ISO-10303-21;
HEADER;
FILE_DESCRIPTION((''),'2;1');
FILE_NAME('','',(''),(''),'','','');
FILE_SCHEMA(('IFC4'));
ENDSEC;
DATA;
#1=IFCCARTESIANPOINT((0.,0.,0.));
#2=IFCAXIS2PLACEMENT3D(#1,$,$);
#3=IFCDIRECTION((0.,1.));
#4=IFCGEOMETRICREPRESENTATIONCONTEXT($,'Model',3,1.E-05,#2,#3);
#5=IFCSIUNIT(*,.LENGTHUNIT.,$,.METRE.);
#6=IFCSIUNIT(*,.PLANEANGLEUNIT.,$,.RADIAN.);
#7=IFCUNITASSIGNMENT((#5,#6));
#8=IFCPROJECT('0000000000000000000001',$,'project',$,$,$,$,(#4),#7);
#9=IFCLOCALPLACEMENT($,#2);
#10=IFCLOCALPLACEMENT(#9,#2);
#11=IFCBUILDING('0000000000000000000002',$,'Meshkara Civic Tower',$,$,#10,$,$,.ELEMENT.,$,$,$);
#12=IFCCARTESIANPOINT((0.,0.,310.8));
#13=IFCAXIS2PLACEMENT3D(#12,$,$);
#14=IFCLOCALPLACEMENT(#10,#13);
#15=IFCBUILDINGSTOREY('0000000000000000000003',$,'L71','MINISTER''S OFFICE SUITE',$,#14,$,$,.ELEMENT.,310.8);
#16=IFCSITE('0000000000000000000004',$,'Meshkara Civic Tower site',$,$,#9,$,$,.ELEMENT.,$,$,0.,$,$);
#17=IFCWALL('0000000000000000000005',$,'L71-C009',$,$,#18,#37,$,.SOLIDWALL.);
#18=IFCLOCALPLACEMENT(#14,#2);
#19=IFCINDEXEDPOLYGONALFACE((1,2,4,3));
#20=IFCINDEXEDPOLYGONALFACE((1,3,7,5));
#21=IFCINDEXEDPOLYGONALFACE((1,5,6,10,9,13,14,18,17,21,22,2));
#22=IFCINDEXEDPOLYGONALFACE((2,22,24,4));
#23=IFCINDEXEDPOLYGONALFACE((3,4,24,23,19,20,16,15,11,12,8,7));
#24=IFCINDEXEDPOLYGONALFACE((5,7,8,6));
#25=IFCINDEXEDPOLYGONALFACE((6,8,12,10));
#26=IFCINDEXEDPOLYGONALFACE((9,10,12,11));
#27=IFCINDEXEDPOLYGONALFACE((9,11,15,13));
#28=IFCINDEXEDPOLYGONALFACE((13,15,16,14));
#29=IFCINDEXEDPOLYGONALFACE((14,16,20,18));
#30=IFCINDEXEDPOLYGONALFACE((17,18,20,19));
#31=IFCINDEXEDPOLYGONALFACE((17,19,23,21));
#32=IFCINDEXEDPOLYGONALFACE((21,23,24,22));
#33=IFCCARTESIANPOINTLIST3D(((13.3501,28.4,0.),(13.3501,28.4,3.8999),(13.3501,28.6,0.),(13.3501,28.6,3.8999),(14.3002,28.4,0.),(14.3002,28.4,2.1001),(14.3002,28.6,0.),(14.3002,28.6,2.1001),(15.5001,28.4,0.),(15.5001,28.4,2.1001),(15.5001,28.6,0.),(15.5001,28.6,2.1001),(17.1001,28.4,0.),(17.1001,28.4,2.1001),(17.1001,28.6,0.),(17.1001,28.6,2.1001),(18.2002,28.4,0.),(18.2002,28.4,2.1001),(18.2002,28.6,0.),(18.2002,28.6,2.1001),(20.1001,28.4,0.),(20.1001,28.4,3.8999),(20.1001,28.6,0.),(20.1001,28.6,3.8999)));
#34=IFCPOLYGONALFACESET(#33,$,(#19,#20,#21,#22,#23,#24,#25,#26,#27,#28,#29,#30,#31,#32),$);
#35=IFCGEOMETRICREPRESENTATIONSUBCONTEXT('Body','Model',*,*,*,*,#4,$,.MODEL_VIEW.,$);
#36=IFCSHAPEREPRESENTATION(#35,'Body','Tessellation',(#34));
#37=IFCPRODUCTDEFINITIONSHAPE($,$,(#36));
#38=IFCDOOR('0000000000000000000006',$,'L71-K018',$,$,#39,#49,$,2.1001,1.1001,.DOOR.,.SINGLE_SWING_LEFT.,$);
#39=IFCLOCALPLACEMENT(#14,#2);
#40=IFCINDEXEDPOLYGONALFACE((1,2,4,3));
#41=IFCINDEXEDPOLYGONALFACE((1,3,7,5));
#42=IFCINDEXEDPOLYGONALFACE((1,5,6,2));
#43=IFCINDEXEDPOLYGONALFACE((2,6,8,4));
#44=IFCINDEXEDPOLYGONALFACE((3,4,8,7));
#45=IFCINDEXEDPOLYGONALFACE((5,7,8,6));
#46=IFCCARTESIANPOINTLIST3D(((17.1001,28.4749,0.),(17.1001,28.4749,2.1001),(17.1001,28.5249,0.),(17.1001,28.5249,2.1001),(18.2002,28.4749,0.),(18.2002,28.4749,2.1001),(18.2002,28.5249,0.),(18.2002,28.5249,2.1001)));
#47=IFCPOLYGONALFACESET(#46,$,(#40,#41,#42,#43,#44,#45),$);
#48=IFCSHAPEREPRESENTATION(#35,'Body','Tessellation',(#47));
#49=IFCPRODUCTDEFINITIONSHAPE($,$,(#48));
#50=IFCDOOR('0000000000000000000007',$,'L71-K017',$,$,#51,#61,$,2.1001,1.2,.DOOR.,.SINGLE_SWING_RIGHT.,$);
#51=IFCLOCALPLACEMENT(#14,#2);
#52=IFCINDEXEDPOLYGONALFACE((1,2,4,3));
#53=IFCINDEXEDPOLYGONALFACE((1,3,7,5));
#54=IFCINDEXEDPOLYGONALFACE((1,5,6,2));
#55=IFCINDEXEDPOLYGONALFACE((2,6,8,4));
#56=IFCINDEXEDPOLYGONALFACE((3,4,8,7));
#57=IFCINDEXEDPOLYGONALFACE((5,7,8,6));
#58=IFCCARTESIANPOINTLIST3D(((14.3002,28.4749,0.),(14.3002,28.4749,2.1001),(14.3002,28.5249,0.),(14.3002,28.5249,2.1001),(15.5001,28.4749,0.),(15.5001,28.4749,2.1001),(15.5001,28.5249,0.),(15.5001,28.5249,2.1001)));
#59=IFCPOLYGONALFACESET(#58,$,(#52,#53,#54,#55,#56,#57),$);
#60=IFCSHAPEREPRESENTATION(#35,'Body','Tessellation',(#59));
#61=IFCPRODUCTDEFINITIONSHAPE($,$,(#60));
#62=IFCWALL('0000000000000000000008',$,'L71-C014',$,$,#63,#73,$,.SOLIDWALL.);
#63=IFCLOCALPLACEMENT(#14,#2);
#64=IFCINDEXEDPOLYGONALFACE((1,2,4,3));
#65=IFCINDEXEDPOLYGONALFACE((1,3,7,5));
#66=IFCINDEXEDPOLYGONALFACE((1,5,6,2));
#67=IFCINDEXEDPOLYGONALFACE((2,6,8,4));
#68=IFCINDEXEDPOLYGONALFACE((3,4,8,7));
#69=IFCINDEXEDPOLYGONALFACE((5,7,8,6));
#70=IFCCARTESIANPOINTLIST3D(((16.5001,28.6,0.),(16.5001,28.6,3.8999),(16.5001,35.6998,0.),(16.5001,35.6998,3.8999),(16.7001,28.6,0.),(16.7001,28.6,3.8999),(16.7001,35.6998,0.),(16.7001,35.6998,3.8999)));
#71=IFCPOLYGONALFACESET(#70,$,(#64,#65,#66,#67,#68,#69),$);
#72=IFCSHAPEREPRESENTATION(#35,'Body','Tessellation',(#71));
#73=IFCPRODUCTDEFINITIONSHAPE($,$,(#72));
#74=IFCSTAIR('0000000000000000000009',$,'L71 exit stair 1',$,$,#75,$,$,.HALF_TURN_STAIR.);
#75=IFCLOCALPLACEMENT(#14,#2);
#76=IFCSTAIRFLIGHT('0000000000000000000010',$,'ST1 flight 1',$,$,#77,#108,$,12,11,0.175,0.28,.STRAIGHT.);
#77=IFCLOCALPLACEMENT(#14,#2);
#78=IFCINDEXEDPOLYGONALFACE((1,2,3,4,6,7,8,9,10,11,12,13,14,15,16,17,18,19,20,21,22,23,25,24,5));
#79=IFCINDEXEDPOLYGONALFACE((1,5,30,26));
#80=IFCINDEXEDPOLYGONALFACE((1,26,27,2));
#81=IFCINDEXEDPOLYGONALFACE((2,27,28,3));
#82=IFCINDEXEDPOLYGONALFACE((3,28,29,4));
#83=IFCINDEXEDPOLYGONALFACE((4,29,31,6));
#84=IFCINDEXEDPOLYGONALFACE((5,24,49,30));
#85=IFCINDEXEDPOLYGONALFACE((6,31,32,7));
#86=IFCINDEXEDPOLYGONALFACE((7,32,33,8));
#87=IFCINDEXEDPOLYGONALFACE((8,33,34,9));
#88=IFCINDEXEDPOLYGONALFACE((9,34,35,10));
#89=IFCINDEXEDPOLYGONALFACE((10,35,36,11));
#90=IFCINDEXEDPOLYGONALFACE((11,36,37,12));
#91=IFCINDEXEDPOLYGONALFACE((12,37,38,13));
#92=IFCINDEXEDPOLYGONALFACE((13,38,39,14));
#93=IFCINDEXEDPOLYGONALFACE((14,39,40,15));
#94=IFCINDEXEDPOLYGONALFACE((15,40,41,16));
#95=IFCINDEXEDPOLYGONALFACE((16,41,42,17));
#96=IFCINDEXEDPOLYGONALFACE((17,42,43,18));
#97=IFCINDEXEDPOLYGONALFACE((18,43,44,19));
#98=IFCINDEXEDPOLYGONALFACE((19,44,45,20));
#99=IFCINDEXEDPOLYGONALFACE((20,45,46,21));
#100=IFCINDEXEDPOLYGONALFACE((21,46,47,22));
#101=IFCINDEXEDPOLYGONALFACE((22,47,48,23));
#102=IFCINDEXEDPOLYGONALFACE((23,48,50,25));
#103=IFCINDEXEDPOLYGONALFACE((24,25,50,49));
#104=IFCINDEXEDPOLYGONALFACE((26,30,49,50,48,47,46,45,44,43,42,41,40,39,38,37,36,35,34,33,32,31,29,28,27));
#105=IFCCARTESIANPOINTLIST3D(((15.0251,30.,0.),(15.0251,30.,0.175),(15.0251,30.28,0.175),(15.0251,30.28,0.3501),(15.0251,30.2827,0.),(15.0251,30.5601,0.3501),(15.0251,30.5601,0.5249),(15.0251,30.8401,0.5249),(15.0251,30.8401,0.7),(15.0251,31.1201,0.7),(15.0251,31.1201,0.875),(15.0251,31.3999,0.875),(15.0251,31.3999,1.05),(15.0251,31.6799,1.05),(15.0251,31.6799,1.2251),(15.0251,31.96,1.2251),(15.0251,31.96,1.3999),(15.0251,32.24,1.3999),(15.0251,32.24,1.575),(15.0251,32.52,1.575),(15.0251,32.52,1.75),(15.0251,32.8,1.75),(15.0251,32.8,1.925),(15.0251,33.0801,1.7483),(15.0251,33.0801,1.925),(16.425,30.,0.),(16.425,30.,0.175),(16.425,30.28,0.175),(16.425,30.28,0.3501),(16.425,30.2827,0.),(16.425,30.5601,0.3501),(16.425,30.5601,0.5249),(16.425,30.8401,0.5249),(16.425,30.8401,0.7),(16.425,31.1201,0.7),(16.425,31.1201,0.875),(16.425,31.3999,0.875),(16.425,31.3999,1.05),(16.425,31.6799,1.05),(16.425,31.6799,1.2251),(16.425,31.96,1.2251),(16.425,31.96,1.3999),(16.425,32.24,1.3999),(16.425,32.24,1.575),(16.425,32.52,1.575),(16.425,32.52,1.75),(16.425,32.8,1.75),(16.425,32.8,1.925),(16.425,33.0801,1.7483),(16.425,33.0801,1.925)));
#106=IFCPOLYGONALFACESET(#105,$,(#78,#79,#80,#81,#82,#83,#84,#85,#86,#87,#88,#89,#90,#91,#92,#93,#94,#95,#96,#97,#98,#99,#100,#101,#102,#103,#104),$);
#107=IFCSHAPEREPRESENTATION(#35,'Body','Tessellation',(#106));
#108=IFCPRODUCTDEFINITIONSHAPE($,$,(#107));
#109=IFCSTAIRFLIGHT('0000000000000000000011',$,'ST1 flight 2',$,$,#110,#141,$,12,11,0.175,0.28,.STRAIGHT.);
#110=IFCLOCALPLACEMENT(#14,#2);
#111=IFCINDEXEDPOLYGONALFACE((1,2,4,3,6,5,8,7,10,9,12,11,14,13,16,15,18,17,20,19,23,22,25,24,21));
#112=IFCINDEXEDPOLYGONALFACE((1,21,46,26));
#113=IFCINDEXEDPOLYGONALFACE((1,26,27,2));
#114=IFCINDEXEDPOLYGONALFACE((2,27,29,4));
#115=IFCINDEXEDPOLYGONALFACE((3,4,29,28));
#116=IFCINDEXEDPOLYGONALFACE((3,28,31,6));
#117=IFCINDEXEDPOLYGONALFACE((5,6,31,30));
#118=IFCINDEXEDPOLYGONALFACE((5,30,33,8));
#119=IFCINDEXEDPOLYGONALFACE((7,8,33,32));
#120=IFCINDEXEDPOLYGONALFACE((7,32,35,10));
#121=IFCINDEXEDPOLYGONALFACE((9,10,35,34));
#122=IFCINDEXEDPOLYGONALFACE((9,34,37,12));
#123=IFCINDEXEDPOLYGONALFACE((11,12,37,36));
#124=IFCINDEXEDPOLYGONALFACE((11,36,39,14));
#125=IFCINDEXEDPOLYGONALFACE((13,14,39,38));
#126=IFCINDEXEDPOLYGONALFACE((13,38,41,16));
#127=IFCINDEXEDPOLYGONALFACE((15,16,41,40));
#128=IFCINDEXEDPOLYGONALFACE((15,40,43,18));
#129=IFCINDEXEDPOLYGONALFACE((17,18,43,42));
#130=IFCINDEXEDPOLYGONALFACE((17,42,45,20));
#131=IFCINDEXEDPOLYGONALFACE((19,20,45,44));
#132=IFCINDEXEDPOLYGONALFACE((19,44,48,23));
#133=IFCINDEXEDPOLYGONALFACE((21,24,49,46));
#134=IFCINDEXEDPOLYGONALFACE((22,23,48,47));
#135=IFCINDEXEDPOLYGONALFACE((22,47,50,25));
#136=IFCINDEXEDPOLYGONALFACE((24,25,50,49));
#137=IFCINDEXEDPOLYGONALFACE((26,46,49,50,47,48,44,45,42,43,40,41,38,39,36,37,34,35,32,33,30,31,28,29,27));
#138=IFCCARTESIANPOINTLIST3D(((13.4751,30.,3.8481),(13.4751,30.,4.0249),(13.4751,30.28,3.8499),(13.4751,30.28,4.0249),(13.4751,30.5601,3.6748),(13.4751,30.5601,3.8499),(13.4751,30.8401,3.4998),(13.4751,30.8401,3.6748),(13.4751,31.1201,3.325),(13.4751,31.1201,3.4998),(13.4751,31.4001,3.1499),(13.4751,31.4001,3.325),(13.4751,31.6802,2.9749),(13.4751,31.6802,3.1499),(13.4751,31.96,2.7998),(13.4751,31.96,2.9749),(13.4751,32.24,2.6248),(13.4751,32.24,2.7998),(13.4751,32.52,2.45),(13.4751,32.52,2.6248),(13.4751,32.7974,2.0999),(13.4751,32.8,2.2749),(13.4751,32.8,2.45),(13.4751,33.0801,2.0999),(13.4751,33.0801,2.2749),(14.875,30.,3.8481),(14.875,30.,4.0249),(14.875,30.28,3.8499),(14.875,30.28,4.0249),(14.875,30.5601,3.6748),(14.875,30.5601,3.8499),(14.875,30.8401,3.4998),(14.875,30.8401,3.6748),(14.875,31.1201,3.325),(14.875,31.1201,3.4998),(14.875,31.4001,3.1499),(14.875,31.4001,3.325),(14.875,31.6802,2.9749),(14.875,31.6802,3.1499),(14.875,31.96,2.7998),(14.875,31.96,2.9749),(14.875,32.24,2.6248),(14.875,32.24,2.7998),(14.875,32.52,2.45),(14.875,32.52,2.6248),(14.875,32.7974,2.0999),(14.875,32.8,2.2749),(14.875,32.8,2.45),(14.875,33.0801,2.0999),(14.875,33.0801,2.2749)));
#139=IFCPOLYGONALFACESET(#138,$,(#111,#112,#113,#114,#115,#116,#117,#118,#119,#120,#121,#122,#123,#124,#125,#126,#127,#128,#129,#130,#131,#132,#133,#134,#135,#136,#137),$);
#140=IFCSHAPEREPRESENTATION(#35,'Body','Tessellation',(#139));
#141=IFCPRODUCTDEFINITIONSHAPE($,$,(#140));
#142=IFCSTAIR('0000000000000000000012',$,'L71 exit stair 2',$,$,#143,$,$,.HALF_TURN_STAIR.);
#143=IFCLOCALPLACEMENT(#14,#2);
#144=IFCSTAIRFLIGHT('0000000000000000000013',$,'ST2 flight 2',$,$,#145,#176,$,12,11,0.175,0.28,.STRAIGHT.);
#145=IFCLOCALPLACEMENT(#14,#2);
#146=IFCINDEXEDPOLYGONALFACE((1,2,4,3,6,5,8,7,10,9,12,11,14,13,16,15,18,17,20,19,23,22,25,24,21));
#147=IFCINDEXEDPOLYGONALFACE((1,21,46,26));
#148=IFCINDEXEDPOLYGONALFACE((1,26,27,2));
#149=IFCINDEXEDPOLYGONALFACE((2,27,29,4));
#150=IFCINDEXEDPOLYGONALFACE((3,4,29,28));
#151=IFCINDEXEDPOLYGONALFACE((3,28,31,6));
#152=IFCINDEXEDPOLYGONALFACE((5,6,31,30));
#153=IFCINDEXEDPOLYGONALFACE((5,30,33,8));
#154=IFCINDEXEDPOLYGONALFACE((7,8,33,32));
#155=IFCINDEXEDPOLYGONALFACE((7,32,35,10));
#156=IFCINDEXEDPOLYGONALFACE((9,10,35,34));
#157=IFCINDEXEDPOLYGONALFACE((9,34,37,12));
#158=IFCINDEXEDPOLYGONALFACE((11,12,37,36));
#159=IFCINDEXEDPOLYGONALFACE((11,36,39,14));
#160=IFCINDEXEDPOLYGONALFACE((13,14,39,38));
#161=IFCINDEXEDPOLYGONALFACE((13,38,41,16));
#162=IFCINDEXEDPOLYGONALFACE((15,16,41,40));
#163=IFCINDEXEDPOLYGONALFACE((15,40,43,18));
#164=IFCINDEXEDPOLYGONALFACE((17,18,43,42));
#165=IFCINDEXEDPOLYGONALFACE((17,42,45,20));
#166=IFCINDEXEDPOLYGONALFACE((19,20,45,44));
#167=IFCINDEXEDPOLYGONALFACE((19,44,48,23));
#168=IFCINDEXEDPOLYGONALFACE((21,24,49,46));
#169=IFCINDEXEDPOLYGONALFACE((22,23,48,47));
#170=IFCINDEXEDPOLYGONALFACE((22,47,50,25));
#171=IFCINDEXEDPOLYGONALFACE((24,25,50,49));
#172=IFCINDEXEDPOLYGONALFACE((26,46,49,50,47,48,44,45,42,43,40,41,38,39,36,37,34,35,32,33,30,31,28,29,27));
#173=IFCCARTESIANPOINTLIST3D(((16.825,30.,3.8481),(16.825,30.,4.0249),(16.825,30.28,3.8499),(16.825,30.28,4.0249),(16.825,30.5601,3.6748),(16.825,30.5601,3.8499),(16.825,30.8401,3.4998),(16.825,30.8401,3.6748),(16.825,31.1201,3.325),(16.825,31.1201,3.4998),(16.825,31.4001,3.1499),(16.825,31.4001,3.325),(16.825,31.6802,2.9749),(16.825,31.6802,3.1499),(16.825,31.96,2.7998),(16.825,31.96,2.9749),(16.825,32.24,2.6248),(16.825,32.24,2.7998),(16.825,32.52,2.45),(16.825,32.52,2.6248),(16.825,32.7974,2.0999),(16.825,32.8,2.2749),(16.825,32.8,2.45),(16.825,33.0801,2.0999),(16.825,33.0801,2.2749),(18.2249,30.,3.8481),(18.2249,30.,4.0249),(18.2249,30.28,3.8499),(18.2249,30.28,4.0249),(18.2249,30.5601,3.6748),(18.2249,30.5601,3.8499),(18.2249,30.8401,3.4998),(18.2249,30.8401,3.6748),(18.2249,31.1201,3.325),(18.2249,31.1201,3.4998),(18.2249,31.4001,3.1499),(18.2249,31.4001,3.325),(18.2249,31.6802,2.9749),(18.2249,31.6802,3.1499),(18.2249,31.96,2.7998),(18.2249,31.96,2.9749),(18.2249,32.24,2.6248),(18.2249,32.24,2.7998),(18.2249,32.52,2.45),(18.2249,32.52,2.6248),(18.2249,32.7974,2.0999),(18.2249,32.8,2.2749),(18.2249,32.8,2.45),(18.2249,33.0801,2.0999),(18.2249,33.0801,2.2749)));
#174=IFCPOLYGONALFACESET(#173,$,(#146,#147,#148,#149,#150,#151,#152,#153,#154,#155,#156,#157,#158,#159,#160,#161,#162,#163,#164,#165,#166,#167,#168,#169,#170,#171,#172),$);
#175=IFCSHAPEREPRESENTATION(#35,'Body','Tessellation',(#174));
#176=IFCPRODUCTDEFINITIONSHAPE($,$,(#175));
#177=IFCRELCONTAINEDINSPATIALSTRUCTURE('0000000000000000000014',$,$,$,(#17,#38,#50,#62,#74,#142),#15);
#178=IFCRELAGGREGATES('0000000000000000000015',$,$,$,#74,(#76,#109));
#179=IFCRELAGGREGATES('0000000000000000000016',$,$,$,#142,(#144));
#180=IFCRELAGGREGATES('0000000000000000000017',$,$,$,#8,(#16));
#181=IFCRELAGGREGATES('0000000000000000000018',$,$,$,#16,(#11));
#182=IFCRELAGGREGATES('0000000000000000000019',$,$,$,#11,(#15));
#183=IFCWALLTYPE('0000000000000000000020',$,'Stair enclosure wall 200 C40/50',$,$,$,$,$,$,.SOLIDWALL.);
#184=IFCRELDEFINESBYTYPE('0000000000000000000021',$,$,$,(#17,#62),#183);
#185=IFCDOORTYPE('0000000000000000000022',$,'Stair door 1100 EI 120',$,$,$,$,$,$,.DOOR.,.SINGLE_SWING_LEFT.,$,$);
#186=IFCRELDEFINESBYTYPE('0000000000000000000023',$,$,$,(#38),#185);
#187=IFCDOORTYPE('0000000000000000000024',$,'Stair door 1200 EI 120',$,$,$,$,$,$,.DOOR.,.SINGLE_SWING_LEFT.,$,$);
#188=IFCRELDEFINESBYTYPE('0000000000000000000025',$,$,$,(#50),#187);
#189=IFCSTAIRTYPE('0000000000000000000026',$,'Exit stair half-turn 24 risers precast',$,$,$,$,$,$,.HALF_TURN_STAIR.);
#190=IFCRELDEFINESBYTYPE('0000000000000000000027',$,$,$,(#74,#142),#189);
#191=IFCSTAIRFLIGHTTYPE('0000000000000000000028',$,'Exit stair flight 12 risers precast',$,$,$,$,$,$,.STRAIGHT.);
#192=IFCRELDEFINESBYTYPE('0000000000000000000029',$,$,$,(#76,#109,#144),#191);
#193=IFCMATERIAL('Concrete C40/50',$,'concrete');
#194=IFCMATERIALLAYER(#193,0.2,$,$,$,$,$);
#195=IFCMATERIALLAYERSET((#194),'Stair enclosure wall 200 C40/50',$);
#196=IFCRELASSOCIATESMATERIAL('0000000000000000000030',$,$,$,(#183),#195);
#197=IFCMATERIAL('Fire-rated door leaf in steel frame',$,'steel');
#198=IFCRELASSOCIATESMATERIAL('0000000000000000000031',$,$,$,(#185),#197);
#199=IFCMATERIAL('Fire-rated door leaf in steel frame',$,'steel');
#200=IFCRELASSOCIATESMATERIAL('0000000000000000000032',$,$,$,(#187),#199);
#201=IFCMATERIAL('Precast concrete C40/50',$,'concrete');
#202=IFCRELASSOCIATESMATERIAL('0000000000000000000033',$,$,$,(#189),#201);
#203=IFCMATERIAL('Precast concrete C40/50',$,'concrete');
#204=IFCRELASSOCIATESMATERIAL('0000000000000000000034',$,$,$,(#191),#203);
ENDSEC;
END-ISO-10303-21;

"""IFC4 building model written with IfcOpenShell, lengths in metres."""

from ifc_helpers import new_model, si_unit, direction, frame, frame_2d, origin, place, context, subcontext, project, spatial, polyline, rectangle, outline, extrude, material, layer, layer_set, type_object, element, fill, aggregate, save


model = new_model("IFC4")

# Units and contexts
model_context = context("Model", 3, precision=1e-05, world=origin(), true_north=direction((0.0, 1.0)))
body_context = subcontext(model_context, "Body", "Model", "MODEL_VIEW")
ifc_project = project(units=[si_unit("LENGTHUNIT", "METRE"), si_unit("PLANEANGLEUNIT", "RADIAN")], contexts=[model_context])

# Site, building, storey
site_placement = place(None, origin())
site = spatial("IfcSite", under=ifc_project, at=site_placement, Name="Meshkara Civic Tower site", CompositionType="ELEMENT", RefElevation=0.0)
building_placement = place(site_placement, origin())
building = spatial("IfcBuilding", under=site, at=building_placement, Name="Meshkara Civic Tower", CompositionType="ELEMENT")
storey_placement = place(building_placement, frame((0.0, 0.0, 310.8)))
storey = spatial("IfcBuildingStorey", under=building, at=storey_placement, Name="L71", Description="MINISTER'S OFFICE SUITE", CompositionType="ELEMENT", Elevation=310.8)

# Wall, openings, doors
ifc_material_1 = material(Name="Concrete C40/50", Category="concrete")
ifc_layer_1 = layer(ifc_material_1, 0.2)
ifc_layer_set_1 = layer_set([ifc_layer_1], Name="Stair enclosure wall 200 C40/50")
wall_type_1 = type_object("IfcWallType", Name="Stair enclosure wall 200 C40/50", PredefinedType="SOLIDWALL", material=ifc_layer_set_1)
wall_1_placement = place(storey_placement, frame((13.3501, 28.5, 0.0), z_axis=(0.0, 0.0, 1.0), x_axis=(1.0, 0.0, 0.0)))
wall_1 = element("IfcWall", 1, at=wall_1_placement, inside=storey, type_object=wall_type_1, Name="L71-C009", PredefinedType="SOLIDWALL", context=body_context, shape_type="SweptSolid", body=[
    extrude(rectangle(XDim=6.75, YDim=0.2, at=frame_2d((3.375, 0.0))), origin(), (0.0, 0.0, 1.0), 3.8999),
])
opening_1_placement = place(wall_1_placement, frame((0.95, 0.0, 0.0)))
opening_1 = element("IfcOpeningElement", 2, at=opening_1_placement, cuts=wall_1, PredefinedType="OPENING", context=body_context, shape_type="SweptSolid", body=[
    extrude(rectangle(XDim=1.2, YDim=2.1001, at=frame_2d((0.6001, 1.05))), frame((0.0, 0.1099, 0.0), z_axis=(0.0, -1.0, 0.0), x_axis=(1.0, 0.0, 0.0)), (0.0, 0.0, 1.0), 0.22),
])
opening_2_placement = place(wall_1_placement, frame((3.75, 0.0, 0.0)))
opening_2 = element("IfcOpeningElement", 3, at=opening_2_placement, cuts=wall_1, PredefinedType="OPENING", context=body_context, shape_type="SweptSolid", body=[
    extrude(rectangle(XDim=1.1001, YDim=2.1001, at=frame_2d((0.55, 1.05))), frame((0.0, 0.1099, 0.0), z_axis=(0.0, -1.0, 0.0), x_axis=(1.0, 0.0, 0.0)), (0.0, 0.0, 1.0), 0.22),
])
ifc_material_2 = material(Name="Fire-rated door leaf in steel frame", Category="steel")
door_type_1 = type_object("IfcDoorType", Name="Stair door 1100 EI 120", OperationType="SINGLE_SWING_LEFT", PredefinedType="DOOR", material=ifc_material_2)
door_1_placement = place(opening_2_placement, origin())
door_1 = element("IfcDoor", 4, at=door_1_placement, inside=storey, type_object=door_type_1, Name="L71-K018", OperationType="SINGLE_SWING_LEFT", OverallHeight=2.1001, OverallWidth=1.1001, PredefinedType="DOOR", context=body_context, shape_type="SweptSolid", body=[
    extrude(rectangle(XDim=1.1001, YDim=2.1001, at=frame_2d((0.55, 1.05))), frame((0.0, 0.0249, 0.0), z_axis=(0.0, -1.0, 0.0), x_axis=(1.0, 0.0, 0.0)), (0.0, 0.0, 1.0), 0.05),
])
fill(opening_2, door_1)
ifc_material_3 = material(Name="Fire-rated door leaf in steel frame", Category="steel")
door_type_2 = type_object("IfcDoorType", Name="Stair door 1200 EI 120", OperationType="SINGLE_SWING_LEFT", PredefinedType="DOOR", material=ifc_material_3)
door_2_placement = place(opening_1_placement, origin())
door_2 = element("IfcDoor", 5, at=door_2_placement, inside=storey, type_object=door_type_2, Name="L71-K017", OperationType="SINGLE_SWING_RIGHT", OverallHeight=2.1001, OverallWidth=1.2, PredefinedType="DOOR", context=body_context, shape_type="SweptSolid", body=[
    extrude(rectangle(XDim=1.2, YDim=2.1001, at=frame_2d((0.6001, 1.05))), frame((0.0, 0.0249, 0.0), z_axis=(0.0, -1.0, 0.0), x_axis=(1.0, 0.0, 0.0)), (0.0, 0.0, 1.0), 0.05),
])
fill(opening_1, door_2)

# Wall
wall_2_placement = place(storey_placement, frame((16.6001, 28.6001, 0.0), z_axis=(0.0, 0.0, 1.0), x_axis=(0.0, 1.0, 0.0)))
element("IfcWall", 6, at=wall_2_placement, inside=storey, type_object=wall_type_1, Name="L71-C014", PredefinedType="SOLIDWALL", context=body_context, shape_type="SweptSolid", body=[
    extrude(rectangle(XDim=7.0999, YDim=0.2, at=frame_2d((3.5498, 0.0))), origin(), (0.0, 0.0, 1.0), 3.8999),
])

# Stair, stair flights
ifc_material_4 = material(Name="Precast concrete C40/50", Category="concrete")
stair_type = type_object("IfcStairType", Name="Exit stair half-turn 24 risers precast", PredefinedType="HALF_TURN_STAIR", material=ifc_material_4)
stair_1_placement = place(storey_placement, origin())
stair_1 = element("IfcStair", 7, at=stair_1_placement, inside=storey, type_object=stair_type, Name="L71 exit stair 1", PredefinedType="HALF_TURN_STAIR")
ifc_material_5 = material(Name="Precast concrete C40/50", Category="concrete")
stair_flight_type = type_object("IfcStairFlightType", Name="Exit stair flight 12 risers precast", PredefinedType="STRAIGHT", material=ifc_material_5)
stair_flight_1_placement = place(storey_placement, frame((15.7251, 30.0, 0.0), z_axis=(0.0, 0.0, 1.0), x_axis=(0.0, 1.0, 0.0)))
stair_flight_1 = element("IfcStairFlight", 8, at=stair_flight_1_placement, type_object=stair_flight_type, Name="ST1 flight 1", NumberOfRisers=12, NumberOfTreads=11, PredefinedType="STRAIGHT", RiserHeight=0.175, TreadLength=0.28, context=body_context, shape_type="SweptSolid", body=[
    extrude(outline(polyline([(0.0, 0.0), (0.0, 0.175), (0.28, 0.175), (0.28, 0.3501), (0.5601, 0.3501), (0.5601, 0.5249), (0.8401, 0.5249), (0.8401, 0.7), (1.1201, 0.7), (1.1201, 0.875), (1.3999, 0.875), (1.3999, 1.05), (1.6799, 1.05), (1.6799, 1.2251), (1.96, 1.2251), (1.96, 1.3999), (2.24, 1.3999), (2.24, 1.575), (2.52, 1.575), (2.52, 1.75), (2.8, 1.75), (2.8, 1.925), (3.0801, 1.925), (3.0801, 2.1001), (3.0801, 1.7483), (0.2827, 0.0), (0.0, 0.0)])), frame((0.0, 0.7, 0.0), z_axis=(0.0, -1.0, 0.0), x_axis=(1.0, 0.0, 0.0)), (0.0, 0.0, 1.0), 1.3999),
])
stair_flight_2_placement = place(storey_placement, frame((14.175, 33.0801, 2.0999), z_axis=(0.0, 0.0, 1.0), x_axis=(0.0, -1.0, 0.0)))
stair_flight_2 = element("IfcStairFlight", 9, at=stair_flight_2_placement, type_object=stair_flight_type, Name="ST1 flight 2", NumberOfRisers=12, NumberOfTreads=11, PredefinedType="STRAIGHT", RiserHeight=0.175, TreadLength=0.28, context=body_context, shape_type="SweptSolid", body=[
    extrude(outline(polyline([(0.0, 0.0), (0.0, 0.175), (0.28, 0.175), (0.28, 0.3501), (0.5601, 0.3501), (0.5601, 0.5249), (0.8401, 0.5249), (0.8401, 0.7), (1.1201, 0.7), (1.1201, 0.875), (1.3999, 0.875), (1.3999, 1.05), (1.6799, 1.05), (1.6799, 1.2251), (1.96, 1.2251), (1.96, 1.3999), (2.24, 1.3999), (2.24, 1.575), (2.52, 1.575), (2.52, 1.75), (2.8, 1.75), (2.8, 1.925), (3.0801, 1.925), (3.0801, 2.1001), (3.0801, 1.7483), (0.2827, 0.0), (0.0, 0.0)])), frame((0.0, 0.7, 0.0), z_axis=(0.0, -1.0, 0.0), x_axis=(1.0, 0.0, 0.0)), (0.0, 0.0, 1.0), 1.3999),
])
aggregate(stair_1, [stair_flight_1, stair_flight_2])

# Stair, stair flight
stair_2_placement = place(storey_placement, origin())
stair_2 = element("IfcStair", 10, at=stair_2_placement, inside=storey, type_object=stair_type, Name="L71 exit stair 2", PredefinedType="HALF_TURN_STAIR")
stair_flight_3_placement = place(storey_placement, frame((17.5249, 33.0801, 2.0999), z_axis=(0.0, 0.0, 1.0), x_axis=(0.0, -1.0, 0.0)))
stair_flight_3 = element("IfcStairFlight", 11, at=stair_flight_3_placement, type_object=stair_flight_type, Name="ST2 flight 2", NumberOfRisers=12, NumberOfTreads=11, PredefinedType="STRAIGHT", RiserHeight=0.175, TreadLength=0.28, context=body_context, shape_type="SweptSolid", body=[
    extrude(outline(polyline([(0.0, 0.0), (0.0, 0.175), (0.28, 0.175), (0.28, 0.3501), (0.5601, 0.3501), (0.5601, 0.5249), (0.8401, 0.5249), (0.8401, 0.7), (1.1201, 0.7), (1.1201, 0.875), (1.3999, 0.875), (1.3999, 1.05), (1.6799, 1.05), (1.6799, 1.2251), (1.96, 1.2251), (1.96, 1.3999), (2.24, 1.3999), (2.24, 1.575), (2.52, 1.575), (2.52, 1.75), (2.8, 1.75), (2.8, 1.925), (3.0801, 1.925), (3.0801, 2.1001), (3.0801, 1.7483), (0.2827, 0.0), (0.0, 0.0)])), frame((0.0, 0.7, 0.0), z_axis=(0.0, -1.0, 0.0), x_axis=(1.0, 0.0, 0.0)), (0.0, 0.0, 1.0), 1.3999),
])
aggregate(stair_2, [stair_flight_3])

save(model, "model.ifc")
